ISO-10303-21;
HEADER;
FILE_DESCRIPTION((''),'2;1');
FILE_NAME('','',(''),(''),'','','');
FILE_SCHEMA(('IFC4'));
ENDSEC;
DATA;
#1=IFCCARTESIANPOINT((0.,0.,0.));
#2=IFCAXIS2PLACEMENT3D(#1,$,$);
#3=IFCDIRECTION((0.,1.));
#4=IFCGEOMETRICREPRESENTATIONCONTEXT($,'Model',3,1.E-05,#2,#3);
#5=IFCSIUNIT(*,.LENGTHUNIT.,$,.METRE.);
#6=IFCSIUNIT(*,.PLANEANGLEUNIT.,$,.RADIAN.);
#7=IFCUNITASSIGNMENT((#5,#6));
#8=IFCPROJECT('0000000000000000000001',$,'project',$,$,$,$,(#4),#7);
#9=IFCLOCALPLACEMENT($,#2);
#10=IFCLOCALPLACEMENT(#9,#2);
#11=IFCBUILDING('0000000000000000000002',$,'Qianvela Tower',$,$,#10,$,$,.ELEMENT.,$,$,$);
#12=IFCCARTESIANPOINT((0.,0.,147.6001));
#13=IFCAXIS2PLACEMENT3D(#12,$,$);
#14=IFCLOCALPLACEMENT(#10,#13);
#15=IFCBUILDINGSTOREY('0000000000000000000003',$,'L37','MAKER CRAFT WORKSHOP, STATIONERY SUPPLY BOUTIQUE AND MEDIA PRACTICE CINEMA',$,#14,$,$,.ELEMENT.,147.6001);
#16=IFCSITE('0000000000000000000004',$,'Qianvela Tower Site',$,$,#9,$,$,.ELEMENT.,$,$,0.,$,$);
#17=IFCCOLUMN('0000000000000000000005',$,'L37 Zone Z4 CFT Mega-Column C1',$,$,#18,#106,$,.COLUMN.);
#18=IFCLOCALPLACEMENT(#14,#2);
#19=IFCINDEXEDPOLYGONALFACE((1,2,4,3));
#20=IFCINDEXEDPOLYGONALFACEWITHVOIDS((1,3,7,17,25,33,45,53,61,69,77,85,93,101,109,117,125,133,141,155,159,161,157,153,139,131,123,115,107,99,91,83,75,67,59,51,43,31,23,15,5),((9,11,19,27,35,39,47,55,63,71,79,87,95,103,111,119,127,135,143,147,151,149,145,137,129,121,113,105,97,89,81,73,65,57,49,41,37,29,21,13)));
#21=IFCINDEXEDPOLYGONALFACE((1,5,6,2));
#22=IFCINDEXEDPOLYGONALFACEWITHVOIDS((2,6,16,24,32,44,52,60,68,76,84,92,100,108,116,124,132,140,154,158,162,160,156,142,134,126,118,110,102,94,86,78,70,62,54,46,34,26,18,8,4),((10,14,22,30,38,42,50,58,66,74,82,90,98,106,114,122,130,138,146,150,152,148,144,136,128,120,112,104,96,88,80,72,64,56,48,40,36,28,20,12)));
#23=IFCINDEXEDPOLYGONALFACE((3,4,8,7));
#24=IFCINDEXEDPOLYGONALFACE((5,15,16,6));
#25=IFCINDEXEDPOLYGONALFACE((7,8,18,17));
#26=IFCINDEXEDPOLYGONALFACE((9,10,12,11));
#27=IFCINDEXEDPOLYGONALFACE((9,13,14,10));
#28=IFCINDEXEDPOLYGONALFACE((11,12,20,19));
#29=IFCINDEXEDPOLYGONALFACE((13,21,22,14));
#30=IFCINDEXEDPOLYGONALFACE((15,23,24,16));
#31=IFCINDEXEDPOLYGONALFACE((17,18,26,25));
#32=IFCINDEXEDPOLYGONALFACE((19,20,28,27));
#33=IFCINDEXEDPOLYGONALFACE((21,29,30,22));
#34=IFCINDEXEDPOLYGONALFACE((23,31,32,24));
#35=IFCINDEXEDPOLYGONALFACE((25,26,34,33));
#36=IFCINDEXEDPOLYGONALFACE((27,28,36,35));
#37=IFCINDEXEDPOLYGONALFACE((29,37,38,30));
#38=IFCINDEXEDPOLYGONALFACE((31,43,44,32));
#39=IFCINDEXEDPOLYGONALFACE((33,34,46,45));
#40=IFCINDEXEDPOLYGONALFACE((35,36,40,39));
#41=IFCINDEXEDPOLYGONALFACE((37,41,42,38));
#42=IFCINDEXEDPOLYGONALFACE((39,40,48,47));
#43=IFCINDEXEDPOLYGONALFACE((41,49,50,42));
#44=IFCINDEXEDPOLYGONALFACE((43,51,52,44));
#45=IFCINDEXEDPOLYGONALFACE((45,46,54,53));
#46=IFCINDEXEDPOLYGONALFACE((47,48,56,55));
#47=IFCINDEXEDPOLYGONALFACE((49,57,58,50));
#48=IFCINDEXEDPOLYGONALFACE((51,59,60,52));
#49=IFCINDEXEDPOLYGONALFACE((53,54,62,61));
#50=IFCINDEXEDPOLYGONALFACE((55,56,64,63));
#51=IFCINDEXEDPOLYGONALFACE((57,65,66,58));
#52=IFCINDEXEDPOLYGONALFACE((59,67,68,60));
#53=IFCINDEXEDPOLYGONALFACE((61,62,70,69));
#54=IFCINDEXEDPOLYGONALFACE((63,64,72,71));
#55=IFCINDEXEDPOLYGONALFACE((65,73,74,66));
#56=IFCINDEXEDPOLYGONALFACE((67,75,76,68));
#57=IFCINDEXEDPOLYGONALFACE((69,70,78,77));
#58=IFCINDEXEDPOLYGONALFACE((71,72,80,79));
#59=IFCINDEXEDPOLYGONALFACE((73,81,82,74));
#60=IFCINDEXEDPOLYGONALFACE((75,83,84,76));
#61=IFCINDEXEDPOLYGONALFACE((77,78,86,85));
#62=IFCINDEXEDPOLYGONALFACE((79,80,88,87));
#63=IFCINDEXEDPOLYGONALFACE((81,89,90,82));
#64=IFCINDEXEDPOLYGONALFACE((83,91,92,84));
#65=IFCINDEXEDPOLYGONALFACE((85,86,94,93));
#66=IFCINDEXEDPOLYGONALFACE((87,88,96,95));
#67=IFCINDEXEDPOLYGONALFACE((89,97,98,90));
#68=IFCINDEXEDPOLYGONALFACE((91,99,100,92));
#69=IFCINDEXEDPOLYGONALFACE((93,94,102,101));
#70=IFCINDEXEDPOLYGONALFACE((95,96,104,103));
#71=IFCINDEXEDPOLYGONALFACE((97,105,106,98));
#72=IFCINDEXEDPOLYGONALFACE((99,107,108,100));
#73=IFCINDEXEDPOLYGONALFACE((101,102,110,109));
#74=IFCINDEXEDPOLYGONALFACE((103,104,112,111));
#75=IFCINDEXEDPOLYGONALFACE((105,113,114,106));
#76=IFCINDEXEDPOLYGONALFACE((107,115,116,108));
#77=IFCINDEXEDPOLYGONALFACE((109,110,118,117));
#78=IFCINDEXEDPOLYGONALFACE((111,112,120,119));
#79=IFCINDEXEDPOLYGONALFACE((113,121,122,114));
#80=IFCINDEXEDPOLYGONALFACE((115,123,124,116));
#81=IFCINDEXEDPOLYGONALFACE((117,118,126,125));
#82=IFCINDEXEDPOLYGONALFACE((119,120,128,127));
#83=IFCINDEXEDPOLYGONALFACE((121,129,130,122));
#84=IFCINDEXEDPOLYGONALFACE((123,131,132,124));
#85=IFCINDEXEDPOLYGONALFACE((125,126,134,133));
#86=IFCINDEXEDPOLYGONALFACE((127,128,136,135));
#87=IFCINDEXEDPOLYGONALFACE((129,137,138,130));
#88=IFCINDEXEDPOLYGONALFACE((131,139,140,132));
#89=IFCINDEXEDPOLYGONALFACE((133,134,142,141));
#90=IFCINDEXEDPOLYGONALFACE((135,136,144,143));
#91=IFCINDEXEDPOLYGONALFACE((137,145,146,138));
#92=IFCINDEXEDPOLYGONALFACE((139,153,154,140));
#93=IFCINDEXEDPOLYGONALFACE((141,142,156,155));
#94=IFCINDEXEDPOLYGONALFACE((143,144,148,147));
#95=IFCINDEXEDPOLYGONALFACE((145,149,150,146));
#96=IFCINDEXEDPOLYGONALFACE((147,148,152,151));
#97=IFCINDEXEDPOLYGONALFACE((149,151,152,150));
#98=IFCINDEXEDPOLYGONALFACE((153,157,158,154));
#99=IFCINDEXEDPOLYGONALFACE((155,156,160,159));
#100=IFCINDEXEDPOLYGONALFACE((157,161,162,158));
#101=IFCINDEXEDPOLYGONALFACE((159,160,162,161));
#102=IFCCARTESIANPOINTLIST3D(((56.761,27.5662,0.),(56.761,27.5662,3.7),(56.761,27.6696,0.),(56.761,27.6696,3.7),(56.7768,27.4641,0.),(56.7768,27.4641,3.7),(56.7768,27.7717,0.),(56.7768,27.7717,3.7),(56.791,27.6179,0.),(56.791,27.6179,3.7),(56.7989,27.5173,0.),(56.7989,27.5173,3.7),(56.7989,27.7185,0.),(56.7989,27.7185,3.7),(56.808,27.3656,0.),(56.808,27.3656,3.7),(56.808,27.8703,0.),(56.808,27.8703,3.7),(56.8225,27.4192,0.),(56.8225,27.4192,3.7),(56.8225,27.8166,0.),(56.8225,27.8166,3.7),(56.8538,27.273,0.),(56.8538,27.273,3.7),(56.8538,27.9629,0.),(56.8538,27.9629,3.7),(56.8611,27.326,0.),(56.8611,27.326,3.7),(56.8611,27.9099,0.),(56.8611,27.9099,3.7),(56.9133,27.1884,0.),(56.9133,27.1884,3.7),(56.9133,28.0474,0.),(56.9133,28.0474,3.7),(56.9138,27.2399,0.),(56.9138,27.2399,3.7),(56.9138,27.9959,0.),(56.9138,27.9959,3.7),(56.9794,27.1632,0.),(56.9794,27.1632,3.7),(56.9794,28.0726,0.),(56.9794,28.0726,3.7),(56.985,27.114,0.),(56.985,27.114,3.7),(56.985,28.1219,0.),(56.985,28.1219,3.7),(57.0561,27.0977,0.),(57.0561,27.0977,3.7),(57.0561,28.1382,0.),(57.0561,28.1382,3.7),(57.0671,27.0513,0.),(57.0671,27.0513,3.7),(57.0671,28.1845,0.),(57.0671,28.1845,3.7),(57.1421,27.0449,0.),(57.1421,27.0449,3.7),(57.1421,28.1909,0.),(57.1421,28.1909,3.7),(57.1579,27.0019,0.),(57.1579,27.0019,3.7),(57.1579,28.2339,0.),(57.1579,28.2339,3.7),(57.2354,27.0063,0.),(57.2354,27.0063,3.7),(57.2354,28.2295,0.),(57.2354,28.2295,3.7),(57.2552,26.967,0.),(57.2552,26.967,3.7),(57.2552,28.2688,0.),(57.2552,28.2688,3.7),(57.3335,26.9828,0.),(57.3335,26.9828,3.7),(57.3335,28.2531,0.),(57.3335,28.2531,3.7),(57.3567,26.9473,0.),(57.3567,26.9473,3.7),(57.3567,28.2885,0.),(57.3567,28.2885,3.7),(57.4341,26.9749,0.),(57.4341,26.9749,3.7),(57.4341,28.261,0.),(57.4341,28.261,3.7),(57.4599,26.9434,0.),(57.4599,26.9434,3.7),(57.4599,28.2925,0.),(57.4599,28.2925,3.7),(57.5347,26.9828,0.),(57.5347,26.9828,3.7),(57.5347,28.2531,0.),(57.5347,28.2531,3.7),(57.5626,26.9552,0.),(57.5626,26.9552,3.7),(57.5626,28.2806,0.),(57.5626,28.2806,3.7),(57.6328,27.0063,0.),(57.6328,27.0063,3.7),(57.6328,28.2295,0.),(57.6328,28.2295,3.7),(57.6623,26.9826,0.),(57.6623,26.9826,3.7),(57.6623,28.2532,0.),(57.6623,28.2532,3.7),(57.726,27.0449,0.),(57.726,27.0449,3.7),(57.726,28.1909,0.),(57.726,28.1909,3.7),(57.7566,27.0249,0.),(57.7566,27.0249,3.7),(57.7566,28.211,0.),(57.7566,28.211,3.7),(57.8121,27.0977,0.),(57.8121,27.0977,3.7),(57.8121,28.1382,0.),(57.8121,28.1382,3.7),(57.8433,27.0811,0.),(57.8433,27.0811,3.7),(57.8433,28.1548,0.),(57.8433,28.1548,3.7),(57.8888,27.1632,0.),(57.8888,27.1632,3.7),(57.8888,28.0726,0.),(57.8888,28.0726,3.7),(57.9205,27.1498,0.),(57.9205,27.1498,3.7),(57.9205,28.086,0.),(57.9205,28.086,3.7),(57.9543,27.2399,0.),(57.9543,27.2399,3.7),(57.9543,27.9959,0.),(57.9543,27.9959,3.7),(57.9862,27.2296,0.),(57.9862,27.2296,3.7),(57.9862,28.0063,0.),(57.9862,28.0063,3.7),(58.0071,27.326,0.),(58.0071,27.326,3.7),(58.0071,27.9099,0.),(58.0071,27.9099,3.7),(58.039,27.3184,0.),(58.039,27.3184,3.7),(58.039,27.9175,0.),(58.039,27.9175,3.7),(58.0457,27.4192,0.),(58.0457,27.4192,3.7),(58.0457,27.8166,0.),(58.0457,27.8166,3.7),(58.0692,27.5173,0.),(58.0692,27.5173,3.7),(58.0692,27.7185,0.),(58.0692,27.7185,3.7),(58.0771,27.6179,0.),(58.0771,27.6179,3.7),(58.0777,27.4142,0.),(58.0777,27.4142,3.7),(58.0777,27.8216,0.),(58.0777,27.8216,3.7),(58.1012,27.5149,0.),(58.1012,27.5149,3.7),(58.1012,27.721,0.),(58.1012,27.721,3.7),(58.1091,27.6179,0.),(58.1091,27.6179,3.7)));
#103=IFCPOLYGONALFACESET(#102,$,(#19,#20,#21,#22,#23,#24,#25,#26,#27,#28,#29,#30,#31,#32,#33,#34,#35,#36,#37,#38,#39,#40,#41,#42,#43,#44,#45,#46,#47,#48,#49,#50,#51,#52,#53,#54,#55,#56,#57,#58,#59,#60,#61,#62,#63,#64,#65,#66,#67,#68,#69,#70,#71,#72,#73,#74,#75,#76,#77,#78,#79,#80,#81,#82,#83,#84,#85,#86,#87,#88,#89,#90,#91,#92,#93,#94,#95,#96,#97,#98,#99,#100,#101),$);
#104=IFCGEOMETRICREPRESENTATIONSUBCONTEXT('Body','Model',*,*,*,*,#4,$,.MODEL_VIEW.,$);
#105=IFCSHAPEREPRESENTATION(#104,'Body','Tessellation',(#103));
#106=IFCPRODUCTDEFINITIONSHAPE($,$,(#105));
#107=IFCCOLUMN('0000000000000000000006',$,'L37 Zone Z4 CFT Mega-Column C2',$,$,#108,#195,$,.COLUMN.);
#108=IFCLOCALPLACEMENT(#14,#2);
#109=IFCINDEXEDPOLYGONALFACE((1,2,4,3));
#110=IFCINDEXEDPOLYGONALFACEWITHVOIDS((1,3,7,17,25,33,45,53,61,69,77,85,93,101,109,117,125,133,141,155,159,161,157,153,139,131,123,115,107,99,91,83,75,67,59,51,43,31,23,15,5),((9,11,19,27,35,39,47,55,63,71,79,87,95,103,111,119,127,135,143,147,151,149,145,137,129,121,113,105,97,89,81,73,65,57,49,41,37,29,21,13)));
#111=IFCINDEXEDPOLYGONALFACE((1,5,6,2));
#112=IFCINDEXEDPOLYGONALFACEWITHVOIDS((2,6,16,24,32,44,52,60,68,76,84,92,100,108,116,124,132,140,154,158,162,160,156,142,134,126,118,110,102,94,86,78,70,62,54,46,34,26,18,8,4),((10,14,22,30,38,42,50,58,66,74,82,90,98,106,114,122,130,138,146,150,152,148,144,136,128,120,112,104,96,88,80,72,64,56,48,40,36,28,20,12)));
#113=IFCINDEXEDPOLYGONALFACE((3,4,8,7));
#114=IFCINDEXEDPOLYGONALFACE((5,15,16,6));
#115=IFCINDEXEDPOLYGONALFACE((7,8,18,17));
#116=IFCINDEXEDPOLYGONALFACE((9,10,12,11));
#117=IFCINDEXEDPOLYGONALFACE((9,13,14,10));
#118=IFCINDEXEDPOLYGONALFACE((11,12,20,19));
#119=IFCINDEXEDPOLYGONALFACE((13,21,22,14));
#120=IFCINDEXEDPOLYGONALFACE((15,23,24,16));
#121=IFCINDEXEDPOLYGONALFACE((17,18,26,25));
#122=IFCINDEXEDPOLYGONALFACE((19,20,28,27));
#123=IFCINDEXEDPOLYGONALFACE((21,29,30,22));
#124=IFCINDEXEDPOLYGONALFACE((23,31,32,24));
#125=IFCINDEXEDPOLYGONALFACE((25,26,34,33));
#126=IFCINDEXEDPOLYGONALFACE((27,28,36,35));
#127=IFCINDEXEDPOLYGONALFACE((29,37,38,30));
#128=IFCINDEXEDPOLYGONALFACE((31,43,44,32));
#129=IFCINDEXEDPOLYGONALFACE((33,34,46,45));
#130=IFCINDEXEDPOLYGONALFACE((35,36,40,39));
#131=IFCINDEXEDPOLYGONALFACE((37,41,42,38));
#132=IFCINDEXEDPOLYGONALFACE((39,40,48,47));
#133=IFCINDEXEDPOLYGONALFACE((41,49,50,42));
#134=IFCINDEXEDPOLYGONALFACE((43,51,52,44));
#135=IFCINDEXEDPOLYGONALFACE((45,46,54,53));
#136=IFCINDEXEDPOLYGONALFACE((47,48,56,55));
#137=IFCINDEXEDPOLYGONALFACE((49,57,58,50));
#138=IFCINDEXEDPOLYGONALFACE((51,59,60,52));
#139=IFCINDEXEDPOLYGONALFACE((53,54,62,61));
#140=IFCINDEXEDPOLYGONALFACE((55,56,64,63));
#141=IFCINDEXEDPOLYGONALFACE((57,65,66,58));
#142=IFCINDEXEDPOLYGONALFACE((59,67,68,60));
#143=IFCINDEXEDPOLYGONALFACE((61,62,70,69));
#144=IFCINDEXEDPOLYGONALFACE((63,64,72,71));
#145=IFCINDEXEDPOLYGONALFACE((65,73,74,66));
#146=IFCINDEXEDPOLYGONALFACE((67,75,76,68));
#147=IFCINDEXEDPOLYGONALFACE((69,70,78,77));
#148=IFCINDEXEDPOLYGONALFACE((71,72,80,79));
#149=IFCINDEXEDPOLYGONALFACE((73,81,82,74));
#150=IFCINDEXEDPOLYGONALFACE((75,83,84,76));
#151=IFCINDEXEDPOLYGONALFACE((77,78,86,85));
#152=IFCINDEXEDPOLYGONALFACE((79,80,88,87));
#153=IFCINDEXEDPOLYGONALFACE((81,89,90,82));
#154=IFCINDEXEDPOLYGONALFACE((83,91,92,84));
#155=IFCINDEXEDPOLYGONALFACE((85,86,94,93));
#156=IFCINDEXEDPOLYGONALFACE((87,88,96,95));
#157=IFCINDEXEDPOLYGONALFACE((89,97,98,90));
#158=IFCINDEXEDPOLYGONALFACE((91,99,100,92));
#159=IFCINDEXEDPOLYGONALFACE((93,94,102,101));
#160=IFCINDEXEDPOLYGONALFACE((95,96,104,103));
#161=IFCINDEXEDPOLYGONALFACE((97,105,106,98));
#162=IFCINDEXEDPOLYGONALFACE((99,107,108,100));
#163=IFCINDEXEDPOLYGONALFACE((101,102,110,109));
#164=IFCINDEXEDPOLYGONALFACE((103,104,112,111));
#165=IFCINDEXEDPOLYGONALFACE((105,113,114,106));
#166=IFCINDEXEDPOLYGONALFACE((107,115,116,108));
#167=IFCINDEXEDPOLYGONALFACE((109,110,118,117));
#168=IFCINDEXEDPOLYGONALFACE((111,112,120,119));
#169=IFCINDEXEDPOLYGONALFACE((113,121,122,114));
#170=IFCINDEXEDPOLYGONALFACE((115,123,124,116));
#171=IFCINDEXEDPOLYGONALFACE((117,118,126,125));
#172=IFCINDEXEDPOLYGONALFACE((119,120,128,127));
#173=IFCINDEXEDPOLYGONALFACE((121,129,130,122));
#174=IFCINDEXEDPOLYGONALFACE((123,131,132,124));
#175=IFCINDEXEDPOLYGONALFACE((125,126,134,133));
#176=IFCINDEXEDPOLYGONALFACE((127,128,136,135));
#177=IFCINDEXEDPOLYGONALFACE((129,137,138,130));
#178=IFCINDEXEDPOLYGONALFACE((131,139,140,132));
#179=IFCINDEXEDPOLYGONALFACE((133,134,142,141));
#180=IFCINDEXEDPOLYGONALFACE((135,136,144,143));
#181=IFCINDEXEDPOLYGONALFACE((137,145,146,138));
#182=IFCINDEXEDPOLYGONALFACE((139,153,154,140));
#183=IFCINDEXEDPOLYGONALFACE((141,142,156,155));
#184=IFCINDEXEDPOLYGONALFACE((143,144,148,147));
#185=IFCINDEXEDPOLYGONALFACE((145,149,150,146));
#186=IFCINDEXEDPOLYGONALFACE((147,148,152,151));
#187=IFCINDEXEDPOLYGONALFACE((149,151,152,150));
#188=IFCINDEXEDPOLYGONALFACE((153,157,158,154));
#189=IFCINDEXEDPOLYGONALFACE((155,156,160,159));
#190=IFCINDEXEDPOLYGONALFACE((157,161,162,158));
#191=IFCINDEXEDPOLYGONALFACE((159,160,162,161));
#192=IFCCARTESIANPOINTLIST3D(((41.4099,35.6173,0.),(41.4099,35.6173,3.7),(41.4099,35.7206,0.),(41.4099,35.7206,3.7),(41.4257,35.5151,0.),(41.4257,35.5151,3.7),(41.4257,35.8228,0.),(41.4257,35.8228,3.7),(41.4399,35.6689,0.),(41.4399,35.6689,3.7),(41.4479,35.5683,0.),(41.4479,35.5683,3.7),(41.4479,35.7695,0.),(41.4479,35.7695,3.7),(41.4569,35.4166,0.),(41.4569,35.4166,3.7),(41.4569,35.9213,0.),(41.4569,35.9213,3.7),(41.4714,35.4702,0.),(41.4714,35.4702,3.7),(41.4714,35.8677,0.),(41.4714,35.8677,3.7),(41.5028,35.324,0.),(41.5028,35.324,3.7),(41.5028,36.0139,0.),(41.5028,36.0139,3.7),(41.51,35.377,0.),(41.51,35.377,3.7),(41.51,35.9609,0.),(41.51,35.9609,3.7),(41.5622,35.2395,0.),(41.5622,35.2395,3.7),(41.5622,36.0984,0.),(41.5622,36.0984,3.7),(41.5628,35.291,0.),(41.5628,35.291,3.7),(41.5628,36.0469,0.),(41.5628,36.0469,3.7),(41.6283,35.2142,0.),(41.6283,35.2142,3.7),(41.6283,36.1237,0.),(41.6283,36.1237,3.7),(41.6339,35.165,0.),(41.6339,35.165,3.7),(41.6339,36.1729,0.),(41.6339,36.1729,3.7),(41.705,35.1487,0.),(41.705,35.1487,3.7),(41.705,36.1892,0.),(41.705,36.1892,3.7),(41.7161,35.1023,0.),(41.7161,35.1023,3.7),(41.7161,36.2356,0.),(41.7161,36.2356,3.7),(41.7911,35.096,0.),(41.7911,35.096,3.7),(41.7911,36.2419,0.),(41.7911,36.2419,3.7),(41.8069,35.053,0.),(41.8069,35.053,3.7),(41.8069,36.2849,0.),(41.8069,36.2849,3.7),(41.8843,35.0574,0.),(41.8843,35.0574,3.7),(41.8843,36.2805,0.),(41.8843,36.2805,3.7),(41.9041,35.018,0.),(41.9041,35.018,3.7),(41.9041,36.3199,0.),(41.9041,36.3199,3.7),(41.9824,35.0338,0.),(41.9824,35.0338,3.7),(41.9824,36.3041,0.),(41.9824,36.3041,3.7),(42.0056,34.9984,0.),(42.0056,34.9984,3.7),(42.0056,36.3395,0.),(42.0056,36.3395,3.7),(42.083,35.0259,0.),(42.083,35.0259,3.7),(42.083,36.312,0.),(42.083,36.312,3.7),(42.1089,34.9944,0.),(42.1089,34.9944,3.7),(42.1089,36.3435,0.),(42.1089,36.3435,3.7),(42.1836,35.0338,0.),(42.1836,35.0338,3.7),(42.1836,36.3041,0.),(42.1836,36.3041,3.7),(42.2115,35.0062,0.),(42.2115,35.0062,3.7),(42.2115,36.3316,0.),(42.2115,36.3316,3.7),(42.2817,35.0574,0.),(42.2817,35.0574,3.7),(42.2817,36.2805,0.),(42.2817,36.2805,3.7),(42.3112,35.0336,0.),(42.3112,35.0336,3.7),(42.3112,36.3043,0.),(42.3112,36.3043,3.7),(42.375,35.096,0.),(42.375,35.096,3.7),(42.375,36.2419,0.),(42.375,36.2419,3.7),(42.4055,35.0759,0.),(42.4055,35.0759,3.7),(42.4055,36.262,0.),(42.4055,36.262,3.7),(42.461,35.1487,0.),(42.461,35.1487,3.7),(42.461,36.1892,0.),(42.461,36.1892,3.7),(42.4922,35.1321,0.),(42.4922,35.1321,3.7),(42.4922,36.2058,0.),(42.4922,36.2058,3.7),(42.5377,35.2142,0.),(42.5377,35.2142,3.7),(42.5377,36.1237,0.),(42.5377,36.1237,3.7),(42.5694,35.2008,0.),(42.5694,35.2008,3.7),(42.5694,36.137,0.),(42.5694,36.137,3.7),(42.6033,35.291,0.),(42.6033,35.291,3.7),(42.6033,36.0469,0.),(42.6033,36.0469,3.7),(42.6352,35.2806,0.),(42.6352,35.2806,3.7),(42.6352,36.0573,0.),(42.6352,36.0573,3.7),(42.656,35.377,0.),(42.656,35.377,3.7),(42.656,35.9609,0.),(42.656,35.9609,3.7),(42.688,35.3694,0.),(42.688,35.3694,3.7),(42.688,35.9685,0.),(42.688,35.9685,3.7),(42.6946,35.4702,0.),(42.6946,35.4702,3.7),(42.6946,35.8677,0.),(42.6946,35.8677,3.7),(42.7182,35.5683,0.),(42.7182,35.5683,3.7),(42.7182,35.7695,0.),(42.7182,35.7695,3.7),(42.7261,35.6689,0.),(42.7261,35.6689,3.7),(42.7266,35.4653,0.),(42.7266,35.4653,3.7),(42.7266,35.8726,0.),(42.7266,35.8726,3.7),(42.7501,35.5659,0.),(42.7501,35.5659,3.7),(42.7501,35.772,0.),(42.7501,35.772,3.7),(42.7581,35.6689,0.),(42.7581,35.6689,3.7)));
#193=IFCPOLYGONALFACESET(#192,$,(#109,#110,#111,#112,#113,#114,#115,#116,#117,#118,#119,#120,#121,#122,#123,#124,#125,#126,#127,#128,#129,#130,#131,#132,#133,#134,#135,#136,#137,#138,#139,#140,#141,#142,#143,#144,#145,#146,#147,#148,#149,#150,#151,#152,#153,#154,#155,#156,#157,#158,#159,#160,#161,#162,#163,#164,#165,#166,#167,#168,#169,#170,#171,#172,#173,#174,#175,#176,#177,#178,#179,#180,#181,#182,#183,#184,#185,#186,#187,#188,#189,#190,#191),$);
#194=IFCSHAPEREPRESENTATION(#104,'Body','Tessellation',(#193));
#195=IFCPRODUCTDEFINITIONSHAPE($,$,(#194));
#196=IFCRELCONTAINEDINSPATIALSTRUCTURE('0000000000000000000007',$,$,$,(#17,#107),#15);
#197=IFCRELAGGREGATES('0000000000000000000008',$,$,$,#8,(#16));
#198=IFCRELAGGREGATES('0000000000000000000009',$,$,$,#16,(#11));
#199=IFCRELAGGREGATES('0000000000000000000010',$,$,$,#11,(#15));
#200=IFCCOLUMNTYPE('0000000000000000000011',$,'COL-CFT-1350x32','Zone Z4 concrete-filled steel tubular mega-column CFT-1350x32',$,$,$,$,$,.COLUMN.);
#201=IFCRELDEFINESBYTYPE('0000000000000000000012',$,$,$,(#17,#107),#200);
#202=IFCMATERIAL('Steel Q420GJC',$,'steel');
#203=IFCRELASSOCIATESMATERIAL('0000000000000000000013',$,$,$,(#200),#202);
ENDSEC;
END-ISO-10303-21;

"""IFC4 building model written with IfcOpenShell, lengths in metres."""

from ifc_helpers import new_model, si_unit, direction, frame, origin, origin_2d, place, context, subcontext, project, spatial, hollow_circle, extrude, material, material_profile, profile_set, type_object, element, save


model = new_model("IFC4")

# Units and contexts
model_context = context("Model", 3, precision=1e-05, world=origin(), true_north=direction((0.0, 1.0)))
body_context = subcontext(model_context, "Body", "Model", "MODEL_VIEW")
ifc_project = project(units=[si_unit("LENGTHUNIT", "METRE"), si_unit("PLANEANGLEUNIT", "RADIAN")], contexts=[model_context])

# Site, building, storey
site_placement = place(None, origin())
site = spatial("IfcSite", under=ifc_project, at=site_placement, Name="Qianvela Tower Site", CompositionType="ELEMENT", RefElevation=0.0)
building_placement = place(site_placement, origin())
building = spatial("IfcBuilding", under=site, at=building_placement, Name="Qianvela Tower", CompositionType="ELEMENT")
storey_placement = place(building_placement, frame((0.0, 0.0, 147.6001)))
storey = spatial("IfcBuildingStorey", under=building, at=storey_placement, Name="L37", Description="MAKER CRAFT WORKSHOP, STATIONERY SUPPLY BOUTIQUE AND MEDIA PRACTICE CINEMA", CompositionType="ELEMENT", Elevation=147.6001)

# Columns
ifc_material_1 = material(Name="Steel Q420GJC", Category="steel")
ifc_material_profile_1 = material_profile(ifc_material_1, hollow_circle(Radius=0.675, WallThickness=0.032, at=origin_2d()), Name="CFT-1350x32")
ifc_profile_set_1 = profile_set([ifc_material_profile_1], Name="Steel Q420GJC")
column_type = type_object("IfcColumnType", Name="COL-CFT-1350x32", Description="Zone Z4 concrete-filled steel tubular mega-column CFT-1350x32", PredefinedType="COLUMN", material=ifc_profile_set_1)
for number, where, z_axis, x_axis, name in (
    (1, (57.4341, 27.6179, 0.0), (0.0, 0.0, 1.0), (1.0, 0.0, 0.0), "L37 Zone Z4 CFT Mega-Column C1"),
    (2, (42.083, 35.6689, 0.0), (0.0, 0.0, 1.0), (1.0, 0.0, 0.0), "L37 Zone Z4 CFT Mega-Column C2"),
):
    element("IfcColumn", number, at=place(storey_placement, frame(where, z_axis=z_axis, x_axis=x_axis)), inside=storey, type_object=column_type, Name=name, PredefinedType="COLUMN", context=body_context, shape_type="SweptSolid", body=[
        extrude(hollow_circle(Radius=0.675, WallThickness=0.032, at=origin_2d()), origin(), (0.0, 0.0, 1.0), 3.7),
    ])

save(model, "model.ifc")
